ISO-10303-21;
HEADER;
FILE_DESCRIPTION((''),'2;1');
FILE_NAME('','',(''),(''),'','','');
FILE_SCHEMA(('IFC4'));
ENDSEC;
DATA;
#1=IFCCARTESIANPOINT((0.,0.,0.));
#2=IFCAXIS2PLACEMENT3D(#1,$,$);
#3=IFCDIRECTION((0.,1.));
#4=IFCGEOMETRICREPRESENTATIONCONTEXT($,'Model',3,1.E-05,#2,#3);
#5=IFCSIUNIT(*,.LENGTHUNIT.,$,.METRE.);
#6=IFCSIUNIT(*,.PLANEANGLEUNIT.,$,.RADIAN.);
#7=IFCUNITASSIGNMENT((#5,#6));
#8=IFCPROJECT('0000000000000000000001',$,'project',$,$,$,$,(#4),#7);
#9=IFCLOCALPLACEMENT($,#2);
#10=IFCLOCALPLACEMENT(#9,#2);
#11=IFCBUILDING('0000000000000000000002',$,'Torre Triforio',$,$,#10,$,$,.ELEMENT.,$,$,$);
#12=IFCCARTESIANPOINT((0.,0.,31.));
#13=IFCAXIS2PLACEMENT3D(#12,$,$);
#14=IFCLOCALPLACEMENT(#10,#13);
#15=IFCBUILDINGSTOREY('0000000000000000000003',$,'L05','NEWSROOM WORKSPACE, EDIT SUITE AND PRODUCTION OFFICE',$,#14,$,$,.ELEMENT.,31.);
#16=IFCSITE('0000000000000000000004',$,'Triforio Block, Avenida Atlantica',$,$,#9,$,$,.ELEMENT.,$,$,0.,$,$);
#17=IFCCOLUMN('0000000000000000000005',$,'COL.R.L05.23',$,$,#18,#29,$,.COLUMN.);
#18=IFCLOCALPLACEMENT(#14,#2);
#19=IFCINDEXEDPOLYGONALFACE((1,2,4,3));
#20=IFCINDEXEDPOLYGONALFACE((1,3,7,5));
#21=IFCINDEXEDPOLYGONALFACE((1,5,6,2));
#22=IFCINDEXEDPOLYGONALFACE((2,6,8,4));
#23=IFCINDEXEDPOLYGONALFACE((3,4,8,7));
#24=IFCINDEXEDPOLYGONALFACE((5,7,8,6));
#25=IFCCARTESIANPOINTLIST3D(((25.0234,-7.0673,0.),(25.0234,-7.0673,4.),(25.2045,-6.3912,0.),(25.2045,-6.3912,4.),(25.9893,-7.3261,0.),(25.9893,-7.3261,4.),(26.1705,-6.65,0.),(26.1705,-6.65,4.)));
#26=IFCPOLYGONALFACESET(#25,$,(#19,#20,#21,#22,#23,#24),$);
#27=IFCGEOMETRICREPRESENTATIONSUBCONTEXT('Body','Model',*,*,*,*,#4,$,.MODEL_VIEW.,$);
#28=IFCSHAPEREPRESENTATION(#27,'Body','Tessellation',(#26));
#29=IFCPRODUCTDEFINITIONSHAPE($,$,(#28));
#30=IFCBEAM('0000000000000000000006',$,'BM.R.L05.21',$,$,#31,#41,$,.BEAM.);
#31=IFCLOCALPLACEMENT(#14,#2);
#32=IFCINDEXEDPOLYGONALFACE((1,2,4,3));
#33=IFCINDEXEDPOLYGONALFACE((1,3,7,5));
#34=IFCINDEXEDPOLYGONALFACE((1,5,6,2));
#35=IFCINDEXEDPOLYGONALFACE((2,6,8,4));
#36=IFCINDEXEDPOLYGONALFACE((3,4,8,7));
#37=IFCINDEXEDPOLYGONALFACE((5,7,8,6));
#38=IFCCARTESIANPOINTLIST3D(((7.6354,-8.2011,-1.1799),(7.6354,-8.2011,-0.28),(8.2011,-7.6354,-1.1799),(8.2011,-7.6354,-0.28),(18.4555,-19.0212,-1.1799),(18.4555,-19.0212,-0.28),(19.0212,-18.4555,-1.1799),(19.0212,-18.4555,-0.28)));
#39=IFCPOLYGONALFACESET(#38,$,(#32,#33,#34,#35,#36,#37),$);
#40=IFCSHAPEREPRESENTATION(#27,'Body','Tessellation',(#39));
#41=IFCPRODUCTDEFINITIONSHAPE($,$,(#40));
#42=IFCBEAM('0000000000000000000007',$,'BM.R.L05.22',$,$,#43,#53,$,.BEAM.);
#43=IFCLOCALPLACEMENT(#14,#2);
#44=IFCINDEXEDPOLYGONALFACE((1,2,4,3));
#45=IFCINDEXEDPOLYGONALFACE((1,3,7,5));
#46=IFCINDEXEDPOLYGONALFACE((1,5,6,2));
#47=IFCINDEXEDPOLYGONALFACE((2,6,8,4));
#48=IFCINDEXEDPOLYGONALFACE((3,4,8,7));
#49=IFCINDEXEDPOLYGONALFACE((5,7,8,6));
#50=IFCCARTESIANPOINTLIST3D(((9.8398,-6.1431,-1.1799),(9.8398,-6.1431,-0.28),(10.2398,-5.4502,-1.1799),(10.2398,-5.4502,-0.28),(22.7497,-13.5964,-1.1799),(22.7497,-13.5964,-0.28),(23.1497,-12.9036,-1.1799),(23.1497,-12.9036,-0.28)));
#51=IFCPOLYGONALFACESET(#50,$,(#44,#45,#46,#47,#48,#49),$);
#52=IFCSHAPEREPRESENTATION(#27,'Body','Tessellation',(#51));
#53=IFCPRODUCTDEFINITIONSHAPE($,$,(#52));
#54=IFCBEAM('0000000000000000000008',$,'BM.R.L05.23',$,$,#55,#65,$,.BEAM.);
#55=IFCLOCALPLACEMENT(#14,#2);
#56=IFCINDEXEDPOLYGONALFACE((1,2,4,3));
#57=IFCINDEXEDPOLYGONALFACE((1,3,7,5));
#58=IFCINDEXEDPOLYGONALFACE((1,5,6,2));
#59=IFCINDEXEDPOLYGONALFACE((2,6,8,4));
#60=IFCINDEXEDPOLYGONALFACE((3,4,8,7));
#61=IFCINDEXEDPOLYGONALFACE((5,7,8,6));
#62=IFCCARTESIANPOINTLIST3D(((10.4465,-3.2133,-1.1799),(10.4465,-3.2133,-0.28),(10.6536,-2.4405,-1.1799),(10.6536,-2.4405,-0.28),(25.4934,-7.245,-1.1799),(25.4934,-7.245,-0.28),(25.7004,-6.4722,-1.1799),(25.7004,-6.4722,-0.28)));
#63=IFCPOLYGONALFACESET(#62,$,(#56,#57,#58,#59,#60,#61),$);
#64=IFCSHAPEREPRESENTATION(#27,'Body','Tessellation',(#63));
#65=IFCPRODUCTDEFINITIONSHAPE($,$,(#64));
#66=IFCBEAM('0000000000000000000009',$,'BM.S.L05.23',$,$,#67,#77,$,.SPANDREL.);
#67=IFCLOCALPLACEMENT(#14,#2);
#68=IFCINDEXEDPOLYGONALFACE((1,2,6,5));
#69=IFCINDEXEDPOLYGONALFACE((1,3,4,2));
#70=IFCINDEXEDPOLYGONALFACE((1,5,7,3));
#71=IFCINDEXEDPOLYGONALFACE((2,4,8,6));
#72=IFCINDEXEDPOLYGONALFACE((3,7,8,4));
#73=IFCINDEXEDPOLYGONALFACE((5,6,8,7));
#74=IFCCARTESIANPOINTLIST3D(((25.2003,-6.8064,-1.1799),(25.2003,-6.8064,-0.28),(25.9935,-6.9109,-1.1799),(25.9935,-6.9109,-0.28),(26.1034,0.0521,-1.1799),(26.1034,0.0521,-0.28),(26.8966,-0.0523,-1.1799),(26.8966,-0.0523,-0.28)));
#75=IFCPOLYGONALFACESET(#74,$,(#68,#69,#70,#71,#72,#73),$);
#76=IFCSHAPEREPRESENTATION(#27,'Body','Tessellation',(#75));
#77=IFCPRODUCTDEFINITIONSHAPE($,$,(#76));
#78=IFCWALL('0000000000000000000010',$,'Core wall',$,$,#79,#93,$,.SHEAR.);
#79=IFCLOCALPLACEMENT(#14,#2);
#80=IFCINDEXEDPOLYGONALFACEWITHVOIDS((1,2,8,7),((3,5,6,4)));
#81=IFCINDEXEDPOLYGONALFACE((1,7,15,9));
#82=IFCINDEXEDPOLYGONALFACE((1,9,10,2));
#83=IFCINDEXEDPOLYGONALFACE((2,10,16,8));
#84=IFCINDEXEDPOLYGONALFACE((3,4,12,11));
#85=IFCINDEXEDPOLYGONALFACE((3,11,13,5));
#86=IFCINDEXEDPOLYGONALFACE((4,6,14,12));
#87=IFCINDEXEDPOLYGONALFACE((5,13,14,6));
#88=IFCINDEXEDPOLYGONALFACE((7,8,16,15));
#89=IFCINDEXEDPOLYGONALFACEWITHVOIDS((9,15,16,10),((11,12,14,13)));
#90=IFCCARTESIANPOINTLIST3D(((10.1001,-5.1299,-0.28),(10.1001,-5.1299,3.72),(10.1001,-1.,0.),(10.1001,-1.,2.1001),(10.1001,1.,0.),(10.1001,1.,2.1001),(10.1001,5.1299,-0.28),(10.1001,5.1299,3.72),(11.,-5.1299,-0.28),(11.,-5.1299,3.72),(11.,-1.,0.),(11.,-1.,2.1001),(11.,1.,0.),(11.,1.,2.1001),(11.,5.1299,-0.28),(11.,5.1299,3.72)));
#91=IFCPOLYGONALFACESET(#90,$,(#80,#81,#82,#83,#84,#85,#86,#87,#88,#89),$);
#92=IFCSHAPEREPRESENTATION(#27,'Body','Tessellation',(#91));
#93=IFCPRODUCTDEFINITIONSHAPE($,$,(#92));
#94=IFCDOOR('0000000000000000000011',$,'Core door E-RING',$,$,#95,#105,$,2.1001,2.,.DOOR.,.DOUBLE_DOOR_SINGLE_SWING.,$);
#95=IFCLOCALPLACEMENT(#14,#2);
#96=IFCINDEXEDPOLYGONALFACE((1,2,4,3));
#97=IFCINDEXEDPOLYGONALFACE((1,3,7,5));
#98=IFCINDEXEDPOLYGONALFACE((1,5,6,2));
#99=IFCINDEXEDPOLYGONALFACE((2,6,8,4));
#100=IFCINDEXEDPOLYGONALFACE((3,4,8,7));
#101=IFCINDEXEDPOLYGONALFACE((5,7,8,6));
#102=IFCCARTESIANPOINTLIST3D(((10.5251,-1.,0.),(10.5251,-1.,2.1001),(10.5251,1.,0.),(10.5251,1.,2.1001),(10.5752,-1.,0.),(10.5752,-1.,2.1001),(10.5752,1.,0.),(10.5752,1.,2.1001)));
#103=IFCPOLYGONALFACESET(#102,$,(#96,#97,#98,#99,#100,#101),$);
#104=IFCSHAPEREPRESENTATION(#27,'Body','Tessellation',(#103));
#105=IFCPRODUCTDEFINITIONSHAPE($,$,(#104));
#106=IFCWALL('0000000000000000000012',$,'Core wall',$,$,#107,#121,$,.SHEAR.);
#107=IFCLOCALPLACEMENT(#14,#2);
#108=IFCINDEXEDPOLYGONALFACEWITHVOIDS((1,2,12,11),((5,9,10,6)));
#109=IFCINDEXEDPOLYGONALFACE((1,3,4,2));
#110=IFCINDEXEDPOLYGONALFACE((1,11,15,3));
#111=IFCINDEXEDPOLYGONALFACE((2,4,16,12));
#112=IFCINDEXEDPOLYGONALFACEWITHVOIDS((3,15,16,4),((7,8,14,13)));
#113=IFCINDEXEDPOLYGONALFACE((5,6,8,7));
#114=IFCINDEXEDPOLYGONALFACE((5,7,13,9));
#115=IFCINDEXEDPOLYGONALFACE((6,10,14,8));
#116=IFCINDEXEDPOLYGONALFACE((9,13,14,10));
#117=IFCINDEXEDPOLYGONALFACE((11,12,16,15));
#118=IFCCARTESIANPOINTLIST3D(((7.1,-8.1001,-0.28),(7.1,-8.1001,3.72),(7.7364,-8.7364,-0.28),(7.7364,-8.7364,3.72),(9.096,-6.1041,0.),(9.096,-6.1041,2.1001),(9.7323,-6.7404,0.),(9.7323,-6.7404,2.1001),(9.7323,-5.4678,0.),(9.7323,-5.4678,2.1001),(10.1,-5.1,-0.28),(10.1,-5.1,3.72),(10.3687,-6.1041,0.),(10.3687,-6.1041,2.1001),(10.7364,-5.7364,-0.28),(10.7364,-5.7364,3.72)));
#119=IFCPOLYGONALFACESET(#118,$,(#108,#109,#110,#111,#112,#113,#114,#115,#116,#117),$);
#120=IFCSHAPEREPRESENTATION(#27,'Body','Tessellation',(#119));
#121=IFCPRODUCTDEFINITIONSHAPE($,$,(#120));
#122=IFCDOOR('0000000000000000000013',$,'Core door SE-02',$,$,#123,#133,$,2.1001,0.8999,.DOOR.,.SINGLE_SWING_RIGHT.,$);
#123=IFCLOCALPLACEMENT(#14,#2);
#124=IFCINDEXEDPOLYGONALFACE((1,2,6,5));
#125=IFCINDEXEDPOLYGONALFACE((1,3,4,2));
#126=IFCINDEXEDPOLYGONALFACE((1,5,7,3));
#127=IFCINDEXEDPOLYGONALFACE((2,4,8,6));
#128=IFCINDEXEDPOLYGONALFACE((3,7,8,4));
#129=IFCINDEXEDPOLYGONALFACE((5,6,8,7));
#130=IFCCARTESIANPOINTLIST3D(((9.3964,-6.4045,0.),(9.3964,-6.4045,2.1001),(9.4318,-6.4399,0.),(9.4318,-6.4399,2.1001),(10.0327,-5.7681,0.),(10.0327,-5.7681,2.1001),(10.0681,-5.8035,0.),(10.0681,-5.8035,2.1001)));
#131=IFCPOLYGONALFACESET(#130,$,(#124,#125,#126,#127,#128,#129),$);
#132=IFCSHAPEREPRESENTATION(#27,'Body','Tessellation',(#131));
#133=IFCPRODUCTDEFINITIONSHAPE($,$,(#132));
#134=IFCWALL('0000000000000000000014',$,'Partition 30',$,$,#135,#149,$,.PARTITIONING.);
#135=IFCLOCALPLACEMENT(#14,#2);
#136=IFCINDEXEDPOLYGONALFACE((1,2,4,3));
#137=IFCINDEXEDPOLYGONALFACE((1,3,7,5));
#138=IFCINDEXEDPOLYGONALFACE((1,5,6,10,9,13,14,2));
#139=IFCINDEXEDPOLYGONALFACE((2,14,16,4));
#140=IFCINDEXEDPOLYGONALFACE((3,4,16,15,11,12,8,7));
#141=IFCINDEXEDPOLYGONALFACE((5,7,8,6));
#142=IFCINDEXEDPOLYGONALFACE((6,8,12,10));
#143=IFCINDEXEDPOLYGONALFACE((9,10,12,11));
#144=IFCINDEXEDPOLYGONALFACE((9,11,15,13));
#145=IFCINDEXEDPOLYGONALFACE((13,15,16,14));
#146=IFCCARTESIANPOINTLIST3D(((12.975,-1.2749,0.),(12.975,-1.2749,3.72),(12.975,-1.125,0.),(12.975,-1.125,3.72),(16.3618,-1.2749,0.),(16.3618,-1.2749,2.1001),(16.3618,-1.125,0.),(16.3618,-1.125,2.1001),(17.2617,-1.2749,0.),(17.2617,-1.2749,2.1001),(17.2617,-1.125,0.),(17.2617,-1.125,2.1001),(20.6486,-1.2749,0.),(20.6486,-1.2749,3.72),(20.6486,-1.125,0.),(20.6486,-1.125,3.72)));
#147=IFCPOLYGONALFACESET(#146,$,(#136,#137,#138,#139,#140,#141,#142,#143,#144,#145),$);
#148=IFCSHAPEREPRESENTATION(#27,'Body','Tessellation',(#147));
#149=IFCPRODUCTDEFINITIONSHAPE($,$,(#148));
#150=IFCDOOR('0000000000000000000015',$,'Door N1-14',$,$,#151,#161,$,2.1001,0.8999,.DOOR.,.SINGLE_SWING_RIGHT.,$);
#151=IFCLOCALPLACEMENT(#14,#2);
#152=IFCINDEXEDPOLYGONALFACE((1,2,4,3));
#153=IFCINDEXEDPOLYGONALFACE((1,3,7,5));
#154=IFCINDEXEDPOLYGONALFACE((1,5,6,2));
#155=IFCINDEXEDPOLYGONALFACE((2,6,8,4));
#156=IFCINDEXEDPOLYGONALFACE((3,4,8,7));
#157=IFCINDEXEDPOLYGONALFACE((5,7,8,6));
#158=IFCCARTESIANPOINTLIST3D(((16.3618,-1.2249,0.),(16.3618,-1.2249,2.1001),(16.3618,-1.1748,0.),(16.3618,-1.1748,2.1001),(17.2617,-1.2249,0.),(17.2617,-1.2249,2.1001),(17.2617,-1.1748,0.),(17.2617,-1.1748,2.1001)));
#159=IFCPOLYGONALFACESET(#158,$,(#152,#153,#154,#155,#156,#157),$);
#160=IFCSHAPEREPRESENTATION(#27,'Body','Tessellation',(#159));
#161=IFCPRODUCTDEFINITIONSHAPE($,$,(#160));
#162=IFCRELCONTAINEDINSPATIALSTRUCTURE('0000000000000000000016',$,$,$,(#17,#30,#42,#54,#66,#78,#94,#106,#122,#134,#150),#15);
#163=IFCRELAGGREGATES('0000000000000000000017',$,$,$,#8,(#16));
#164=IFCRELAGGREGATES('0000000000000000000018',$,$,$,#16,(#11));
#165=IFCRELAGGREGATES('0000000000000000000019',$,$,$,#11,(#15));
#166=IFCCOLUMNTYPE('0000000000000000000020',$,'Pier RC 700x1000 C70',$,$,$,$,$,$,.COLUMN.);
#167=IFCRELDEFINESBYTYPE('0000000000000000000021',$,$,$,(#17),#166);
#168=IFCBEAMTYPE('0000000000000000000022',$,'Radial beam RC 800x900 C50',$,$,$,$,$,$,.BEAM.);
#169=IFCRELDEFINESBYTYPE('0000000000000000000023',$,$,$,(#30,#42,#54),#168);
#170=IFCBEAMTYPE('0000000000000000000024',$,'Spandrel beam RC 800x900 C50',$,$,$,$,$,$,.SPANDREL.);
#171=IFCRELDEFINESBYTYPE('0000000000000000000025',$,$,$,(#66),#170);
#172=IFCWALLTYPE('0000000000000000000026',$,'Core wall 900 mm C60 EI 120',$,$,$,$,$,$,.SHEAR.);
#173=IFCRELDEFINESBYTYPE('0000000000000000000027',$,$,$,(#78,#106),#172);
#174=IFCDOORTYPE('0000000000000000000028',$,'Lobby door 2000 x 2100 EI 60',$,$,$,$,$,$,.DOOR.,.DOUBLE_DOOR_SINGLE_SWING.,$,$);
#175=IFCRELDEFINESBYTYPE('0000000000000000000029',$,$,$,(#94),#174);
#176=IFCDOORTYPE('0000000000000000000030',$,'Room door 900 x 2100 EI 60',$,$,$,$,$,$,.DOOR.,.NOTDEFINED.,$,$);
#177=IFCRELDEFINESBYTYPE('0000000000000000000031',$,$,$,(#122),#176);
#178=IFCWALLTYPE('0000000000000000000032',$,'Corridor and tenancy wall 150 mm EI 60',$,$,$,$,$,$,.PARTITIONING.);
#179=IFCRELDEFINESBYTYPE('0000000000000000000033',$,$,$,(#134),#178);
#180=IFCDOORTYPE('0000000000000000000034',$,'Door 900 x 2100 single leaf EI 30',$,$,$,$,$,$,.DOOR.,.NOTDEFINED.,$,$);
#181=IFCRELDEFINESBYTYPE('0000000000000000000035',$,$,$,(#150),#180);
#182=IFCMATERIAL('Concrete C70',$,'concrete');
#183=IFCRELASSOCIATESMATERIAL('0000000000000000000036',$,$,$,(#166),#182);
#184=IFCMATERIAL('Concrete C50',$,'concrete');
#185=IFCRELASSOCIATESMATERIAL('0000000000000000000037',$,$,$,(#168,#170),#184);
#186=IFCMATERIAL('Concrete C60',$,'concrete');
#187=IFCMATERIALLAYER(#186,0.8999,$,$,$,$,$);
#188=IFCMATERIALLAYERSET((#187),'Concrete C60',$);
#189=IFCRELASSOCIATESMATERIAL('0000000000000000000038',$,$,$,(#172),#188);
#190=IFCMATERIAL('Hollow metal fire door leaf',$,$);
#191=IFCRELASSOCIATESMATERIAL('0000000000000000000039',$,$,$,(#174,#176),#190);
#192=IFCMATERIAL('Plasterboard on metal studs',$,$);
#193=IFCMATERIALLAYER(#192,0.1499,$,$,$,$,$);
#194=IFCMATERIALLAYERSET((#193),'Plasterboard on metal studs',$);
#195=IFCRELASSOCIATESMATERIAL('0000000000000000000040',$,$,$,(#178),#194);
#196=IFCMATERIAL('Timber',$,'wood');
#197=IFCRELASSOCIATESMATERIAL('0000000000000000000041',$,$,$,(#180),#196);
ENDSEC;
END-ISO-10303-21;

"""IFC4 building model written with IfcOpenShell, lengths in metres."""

from ifc_helpers import new_model, si_unit, direction, frame, frame_2d, origin, origin_2d, place, context, subcontext, project, spatial, rectangle, extrude, material, layer, layer_set, material_profile, profile_set, type_object, element, fill, save


model = new_model("IFC4")

# Units and contexts
model_context = context("Model", 3, precision=1e-05, world=origin(), true_north=direction((0.0, 1.0)))
body_context = subcontext(model_context, "Body", "Model", "MODEL_VIEW")
ifc_project = project(units=[si_unit("LENGTHUNIT", "METRE"), si_unit("PLANEANGLEUNIT", "RADIAN")], contexts=[model_context])

# Site, building, storey
site_placement = place(None, origin())
site = spatial("IfcSite", under=ifc_project, at=site_placement, Name="Triforio Block, Avenida Atlantica", CompositionType="ELEMENT", RefElevation=0.0)
building_placement = place(site_placement, origin())
building = spatial("IfcBuilding", under=site, at=building_placement, Name="Torre Triforio", CompositionType="ELEMENT")
storey_placement = place(building_placement, frame((0.0, 0.0, 31.0)))
storey = spatial("IfcBuildingStorey", under=building, at=storey_placement, Name="L05", Description="NEWSROOM WORKSPACE, EDIT SUITE AND PRODUCTION OFFICE", CompositionType="ELEMENT", Elevation=31.0)

# Column
ifc_material_1 = material(Name="Concrete C70", Category="concrete")
ifc_material_profile_1 = material_profile(ifc_material_1, rectangle(XDim=0.7, YDim=1.0, at=origin_2d()), Name="RC 700x1000")
ifc_profile_set_1 = profile_set([ifc_material_profile_1], Name="Concrete C70")
column_type = type_object("IfcColumnType", Name="Pier RC 700x1000 C70", PredefinedType="COLUMN", material=ifc_profile_set_1)
column_placement = place(storey_placement, frame((25.5969, -6.8586, 0.0), z_axis=(0.0, 0.0, 1.0), x_axis=(0.258819, 0.965926, 0.0)))
element("IfcColumn", 1, at=column_placement, inside=storey, type_object=column_type, Name="COL.R.L05.23", PredefinedType="COLUMN", context=body_context, shape_type="SweptSolid", body=[
    extrude(rectangle(XDim=0.7, YDim=1.0, at=origin_2d()), origin(), (0.0, 0.0, 1.0), 4.0),
])

# Beams
ifc_material_2 = material(Name="Concrete C50", Category="concrete")
ifc_material_profile_2 = material_profile(ifc_material_2, rectangle(XDim=0.8, YDim=0.8999, at=origin_2d()), Name="RC 800x900")
ifc_profile_set_2 = profile_set([ifc_material_profile_2], Name="Concrete C50")
beam_type_1 = type_object("IfcBeamType", Name="Radial beam RC 800x900 C50", PredefinedType="BEAM", material=ifc_profile_set_2)
beam_1_placement = place(storey_placement, frame((7.9182, -7.9182, -0.73), z_axis=(0.707107, -0.707107, 0.0), x_axis=(0.707107, 0.707107, 0.0)))
element("IfcBeam", 2, at=beam_1_placement, inside=storey, type_object=beam_type_1, Name="BM.R.L05.21", PredefinedType="BEAM", context=body_context, shape_type="SweptSolid", body=[
    extrude(rectangle(XDim=0.8, YDim=0.8999, at=origin_2d()), origin(), (0.0, 0.0, 1.0), 15.302),
])
beam_2_placement = place(storey_placement, frame((10.0398, -5.7966, -0.73), z_axis=(0.86603, -0.499991, 0.0), x_axis=(0.499991, 0.86603, 0.0)))
element("IfcBeam", 3, at=beam_2_placement, inside=storey, type_object=beam_type_1, Name="BM.R.L05.22", PredefinedType="BEAM", context=body_context, shape_type="SweptSolid", body=[
    extrude(rectangle(XDim=0.8, YDim=0.8999, at=origin_2d()), origin(), (0.0, 0.0, 1.0), 14.907),
])
beam_3_placement = place(storey_placement, frame((10.55, -2.8269, -0.73), z_axis=(0.965927, -0.258815, 0.0), x_axis=(0.258815, 0.965927, 0.0)))
element("IfcBeam", 4, at=beam_3_placement, inside=storey, type_object=beam_type_1, Name="BM.R.L05.23", PredefinedType="BEAM", context=body_context, shape_type="SweptSolid", body=[
    extrude(rectangle(XDim=0.8, YDim=0.8999, at=origin_2d()), origin(), (0.0, 0.0, 1.0), 15.5776),
])
ifc_material_profile_3 = material_profile(ifc_material_2, rectangle(XDim=0.8, YDim=0.8999, at=origin_2d()), Name="RC 800x900")
ifc_profile_set_3 = profile_set([ifc_material_profile_3], Name="Concrete C50")
beam_type_2 = type_object("IfcBeamType", Name="Spandrel beam RC 800x900 C50", PredefinedType="SPANDREL", material=ifc_profile_set_3)
beam_4_placement = place(storey_placement, frame((25.5969, -6.8586, -0.73), z_axis=(0.130543, 0.991443, 0.0), x_axis=(-0.991443, 0.130543, 0.0)))
element("IfcBeam", 5, at=beam_4_placement, inside=storey, type_object=beam_type_2, Name="BM.S.L05.23", PredefinedType="SPANDREL", context=body_context, shape_type="SweptSolid", body=[
    extrude(rectangle(XDim=0.8, YDim=0.8999, at=origin_2d()), origin(), (0.0, 0.0, 1.0), 6.9177),
])

# Walls, openings, doors
ifc_material_3 = material(Name="Concrete C60", Category="concrete")
ifc_layer_1 = layer(ifc_material_3, 0.8999)
ifc_layer_set_1 = layer_set([ifc_layer_1], Name="Concrete C60")
wall_type_1 = type_object("IfcWallType", Name="Core wall 900 mm C60 EI 120", PredefinedType="SHEAR", material=ifc_layer_set_1)
wall_1_placement = place(storey_placement, frame((10.55, -5.1299, -0.28), z_axis=(0.0, 0.0, 1.0), x_axis=(0.0, 1.0, 0.0)))
wall_1 = element("IfcWall", 6, at=wall_1_placement, inside=storey, type_object=wall_type_1, Name="Core wall", PredefinedType="SHEAR", context=body_context, shape_type="SweptSolid", body=[
    extrude(rectangle(XDim=10.2598, YDim=0.8999, at=frame_2d((5.1299, 0.0))), origin(), (0.0, 0.0, 1.0), 4.0),
])
opening_1_placement = place(wall_1_placement, frame((4.1299, 0.0, 0.28)))
opening_1 = element("IfcOpeningElement", 7, at=opening_1_placement, cuts=wall_1, PredefinedType="OPENING", context=body_context, shape_type="SweptSolid", body=[
    extrude(rectangle(XDim=2.0, YDim=2.1001, at=frame_2d((1.0, 1.05))), frame((0.0, 0.46, 0.0), z_axis=(0.0, -1.0, 0.0), x_axis=(1.0, 0.0, 0.0)), (0.0, 0.0, 1.0), 0.9199),
])
ifc_material_4 = material(Name="Hollow metal fire door leaf")
door_type_1 = type_object("IfcDoorType", Name="Lobby door 2000 x 2100 EI 60", OperationType="DOUBLE_DOOR_SINGLE_SWING", PredefinedType="DOOR", material=ifc_material_4)
door_1_placement = place(opening_1_placement, origin())
door_1 = element("IfcDoor", 8, at=door_1_placement, inside=storey, type_object=door_type_1, Name="Core door E-RING", OperationType="DOUBLE_DOOR_SINGLE_SWING", OverallHeight=2.1001, OverallWidth=2.0, PredefinedType="DOOR", context=body_context, shape_type="SweptSolid", body=[
    extrude(rectangle(XDim=2.0, YDim=2.1001, at=frame_2d((1.0, 1.05))), frame((0.0, 0.0249, 0.0), z_axis=(0.0, -1.0, 0.0), x_axis=(1.0, 0.0, 0.0)), (0.0, 0.0, 1.0), 0.05),
])
fill(opening_1, door_1)
wall_2_placement = place(storey_placement, frame((10.4182, -5.4182, -0.28), z_axis=(0.0, 0.0, 1.0), x_axis=(-0.707107, -0.707107, 0.0)))
wall_2 = element("IfcWall", 9, at=wall_2_placement, inside=storey, type_object=wall_type_1, Name="Core wall", PredefinedType="SHEAR", context=body_context, shape_type="SweptSolid", body=[
    extrude(rectangle(XDim=4.2427, YDim=0.8999, at=frame_2d((2.1213, 0.0))), origin(), (0.0, 0.0, 1.0), 4.0),
])
opening_2_placement = place(wall_2_placement, frame((0.52, 0.0, 0.28)))
opening_2 = element("IfcOpeningElement", 10, at=opening_2_placement, cuts=wall_2, PredefinedType="OPENING", context=body_context, shape_type="SweptSolid", body=[
    extrude(rectangle(XDim=0.8999, YDim=2.1001, at=frame_2d((0.45, 1.05))), frame((0.0, 0.46, 0.0), z_axis=(0.0, -1.0, 0.0), x_axis=(1.0, 0.0, 0.0)), (0.0, 0.0, 1.0), 0.9199),
])
door_type_2 = type_object("IfcDoorType", Name="Room door 900 x 2100 EI 60", OperationType="NOTDEFINED", PredefinedType="DOOR", material=ifc_material_4)
door_2_placement = place(opening_2_placement, origin())
door_2 = element("IfcDoor", 11, at=door_2_placement, inside=storey, type_object=door_type_2, Name="Core door SE-02", OperationType="SINGLE_SWING_RIGHT", OverallHeight=2.1001, OverallWidth=0.8999, PredefinedType="DOOR", context=body_context, shape_type="SweptSolid", body=[
    extrude(rectangle(XDim=0.8999, YDim=2.1001, at=frame_2d((0.45, 1.05))), frame((0.0, 0.0249, 0.0), z_axis=(0.0, -1.0, 0.0), x_axis=(1.0, 0.0, 0.0)), (0.0, 0.0, 1.0), 0.05),
])
fill(opening_2, door_2)
ifc_material_5 = material(Name="Plasterboard on metal studs")
ifc_layer_2 = layer(ifc_material_5, 0.1499)
ifc_layer_set_2 = layer_set([ifc_layer_2], Name="Plasterboard on metal studs")
wall_type_2 = type_object("IfcWallType", Name="Corridor and tenancy wall 150 mm EI 60", PredefinedType="PARTITIONING", material=ifc_layer_set_2)
wall_3_placement = place(storey_placement, frame((20.6487, -1.2, 0.0), z_axis=(0.0, 0.0, 1.0), x_axis=(-1.0, 0.0, 0.0)))
wall_3 = element("IfcWall", 12, at=wall_3_placement, inside=storey, type_object=wall_type_2, Name="Partition 30", PredefinedType="PARTITIONING", context=body_context, shape_type="SweptSolid", body=[
    extrude(rectangle(XDim=7.6736, YDim=0.1499, at=frame_2d((3.8369, 0.0))), origin(), (0.0, 0.0, 1.0), 3.72),
])
opening_3_placement = place(wall_3_placement, frame((3.387, 0.0, 0.0)))
opening_3 = element("IfcOpeningElement", 13, at=opening_3_placement, cuts=wall_3, PredefinedType="OPENING", context=body_context, shape_type="SweptSolid", body=[
    extrude(rectangle(XDim=0.8999, YDim=2.1001, at=frame_2d((0.45, 1.05))), frame((0.0, 0.085, 0.0), z_axis=(0.0, -1.0, 0.0), x_axis=(1.0, 0.0, 0.0)), (0.0, 0.0, 1.0), 0.1699),
])
ifc_material_6 = material(Name="Timber", Category="wood")
door_type_3 = type_object("IfcDoorType", Name="Door 900 x 2100 single leaf EI 30", OperationType="NOTDEFINED", PredefinedType="DOOR", material=ifc_material_6)
door_3_placement = place(opening_3_placement, origin())
door_3 = element("IfcDoor", 14, at=door_3_placement, inside=storey, type_object=door_type_3, Name="Door N1-14", OperationType="SINGLE_SWING_RIGHT", OverallHeight=2.1001, OverallWidth=0.8999, PredefinedType="DOOR", context=body_context, shape_type="SweptSolid", body=[
    extrude(rectangle(XDim=0.8999, YDim=2.1001, at=frame_2d((0.45, 1.05))), frame((0.0, 0.0249, 0.0), z_axis=(0.0, -1.0, 0.0), x_axis=(1.0, 0.0, 0.0)), (0.0, 0.0, 1.0), 0.05),
])
fill(opening_3, door_3)

save(model, "model.ifc")
